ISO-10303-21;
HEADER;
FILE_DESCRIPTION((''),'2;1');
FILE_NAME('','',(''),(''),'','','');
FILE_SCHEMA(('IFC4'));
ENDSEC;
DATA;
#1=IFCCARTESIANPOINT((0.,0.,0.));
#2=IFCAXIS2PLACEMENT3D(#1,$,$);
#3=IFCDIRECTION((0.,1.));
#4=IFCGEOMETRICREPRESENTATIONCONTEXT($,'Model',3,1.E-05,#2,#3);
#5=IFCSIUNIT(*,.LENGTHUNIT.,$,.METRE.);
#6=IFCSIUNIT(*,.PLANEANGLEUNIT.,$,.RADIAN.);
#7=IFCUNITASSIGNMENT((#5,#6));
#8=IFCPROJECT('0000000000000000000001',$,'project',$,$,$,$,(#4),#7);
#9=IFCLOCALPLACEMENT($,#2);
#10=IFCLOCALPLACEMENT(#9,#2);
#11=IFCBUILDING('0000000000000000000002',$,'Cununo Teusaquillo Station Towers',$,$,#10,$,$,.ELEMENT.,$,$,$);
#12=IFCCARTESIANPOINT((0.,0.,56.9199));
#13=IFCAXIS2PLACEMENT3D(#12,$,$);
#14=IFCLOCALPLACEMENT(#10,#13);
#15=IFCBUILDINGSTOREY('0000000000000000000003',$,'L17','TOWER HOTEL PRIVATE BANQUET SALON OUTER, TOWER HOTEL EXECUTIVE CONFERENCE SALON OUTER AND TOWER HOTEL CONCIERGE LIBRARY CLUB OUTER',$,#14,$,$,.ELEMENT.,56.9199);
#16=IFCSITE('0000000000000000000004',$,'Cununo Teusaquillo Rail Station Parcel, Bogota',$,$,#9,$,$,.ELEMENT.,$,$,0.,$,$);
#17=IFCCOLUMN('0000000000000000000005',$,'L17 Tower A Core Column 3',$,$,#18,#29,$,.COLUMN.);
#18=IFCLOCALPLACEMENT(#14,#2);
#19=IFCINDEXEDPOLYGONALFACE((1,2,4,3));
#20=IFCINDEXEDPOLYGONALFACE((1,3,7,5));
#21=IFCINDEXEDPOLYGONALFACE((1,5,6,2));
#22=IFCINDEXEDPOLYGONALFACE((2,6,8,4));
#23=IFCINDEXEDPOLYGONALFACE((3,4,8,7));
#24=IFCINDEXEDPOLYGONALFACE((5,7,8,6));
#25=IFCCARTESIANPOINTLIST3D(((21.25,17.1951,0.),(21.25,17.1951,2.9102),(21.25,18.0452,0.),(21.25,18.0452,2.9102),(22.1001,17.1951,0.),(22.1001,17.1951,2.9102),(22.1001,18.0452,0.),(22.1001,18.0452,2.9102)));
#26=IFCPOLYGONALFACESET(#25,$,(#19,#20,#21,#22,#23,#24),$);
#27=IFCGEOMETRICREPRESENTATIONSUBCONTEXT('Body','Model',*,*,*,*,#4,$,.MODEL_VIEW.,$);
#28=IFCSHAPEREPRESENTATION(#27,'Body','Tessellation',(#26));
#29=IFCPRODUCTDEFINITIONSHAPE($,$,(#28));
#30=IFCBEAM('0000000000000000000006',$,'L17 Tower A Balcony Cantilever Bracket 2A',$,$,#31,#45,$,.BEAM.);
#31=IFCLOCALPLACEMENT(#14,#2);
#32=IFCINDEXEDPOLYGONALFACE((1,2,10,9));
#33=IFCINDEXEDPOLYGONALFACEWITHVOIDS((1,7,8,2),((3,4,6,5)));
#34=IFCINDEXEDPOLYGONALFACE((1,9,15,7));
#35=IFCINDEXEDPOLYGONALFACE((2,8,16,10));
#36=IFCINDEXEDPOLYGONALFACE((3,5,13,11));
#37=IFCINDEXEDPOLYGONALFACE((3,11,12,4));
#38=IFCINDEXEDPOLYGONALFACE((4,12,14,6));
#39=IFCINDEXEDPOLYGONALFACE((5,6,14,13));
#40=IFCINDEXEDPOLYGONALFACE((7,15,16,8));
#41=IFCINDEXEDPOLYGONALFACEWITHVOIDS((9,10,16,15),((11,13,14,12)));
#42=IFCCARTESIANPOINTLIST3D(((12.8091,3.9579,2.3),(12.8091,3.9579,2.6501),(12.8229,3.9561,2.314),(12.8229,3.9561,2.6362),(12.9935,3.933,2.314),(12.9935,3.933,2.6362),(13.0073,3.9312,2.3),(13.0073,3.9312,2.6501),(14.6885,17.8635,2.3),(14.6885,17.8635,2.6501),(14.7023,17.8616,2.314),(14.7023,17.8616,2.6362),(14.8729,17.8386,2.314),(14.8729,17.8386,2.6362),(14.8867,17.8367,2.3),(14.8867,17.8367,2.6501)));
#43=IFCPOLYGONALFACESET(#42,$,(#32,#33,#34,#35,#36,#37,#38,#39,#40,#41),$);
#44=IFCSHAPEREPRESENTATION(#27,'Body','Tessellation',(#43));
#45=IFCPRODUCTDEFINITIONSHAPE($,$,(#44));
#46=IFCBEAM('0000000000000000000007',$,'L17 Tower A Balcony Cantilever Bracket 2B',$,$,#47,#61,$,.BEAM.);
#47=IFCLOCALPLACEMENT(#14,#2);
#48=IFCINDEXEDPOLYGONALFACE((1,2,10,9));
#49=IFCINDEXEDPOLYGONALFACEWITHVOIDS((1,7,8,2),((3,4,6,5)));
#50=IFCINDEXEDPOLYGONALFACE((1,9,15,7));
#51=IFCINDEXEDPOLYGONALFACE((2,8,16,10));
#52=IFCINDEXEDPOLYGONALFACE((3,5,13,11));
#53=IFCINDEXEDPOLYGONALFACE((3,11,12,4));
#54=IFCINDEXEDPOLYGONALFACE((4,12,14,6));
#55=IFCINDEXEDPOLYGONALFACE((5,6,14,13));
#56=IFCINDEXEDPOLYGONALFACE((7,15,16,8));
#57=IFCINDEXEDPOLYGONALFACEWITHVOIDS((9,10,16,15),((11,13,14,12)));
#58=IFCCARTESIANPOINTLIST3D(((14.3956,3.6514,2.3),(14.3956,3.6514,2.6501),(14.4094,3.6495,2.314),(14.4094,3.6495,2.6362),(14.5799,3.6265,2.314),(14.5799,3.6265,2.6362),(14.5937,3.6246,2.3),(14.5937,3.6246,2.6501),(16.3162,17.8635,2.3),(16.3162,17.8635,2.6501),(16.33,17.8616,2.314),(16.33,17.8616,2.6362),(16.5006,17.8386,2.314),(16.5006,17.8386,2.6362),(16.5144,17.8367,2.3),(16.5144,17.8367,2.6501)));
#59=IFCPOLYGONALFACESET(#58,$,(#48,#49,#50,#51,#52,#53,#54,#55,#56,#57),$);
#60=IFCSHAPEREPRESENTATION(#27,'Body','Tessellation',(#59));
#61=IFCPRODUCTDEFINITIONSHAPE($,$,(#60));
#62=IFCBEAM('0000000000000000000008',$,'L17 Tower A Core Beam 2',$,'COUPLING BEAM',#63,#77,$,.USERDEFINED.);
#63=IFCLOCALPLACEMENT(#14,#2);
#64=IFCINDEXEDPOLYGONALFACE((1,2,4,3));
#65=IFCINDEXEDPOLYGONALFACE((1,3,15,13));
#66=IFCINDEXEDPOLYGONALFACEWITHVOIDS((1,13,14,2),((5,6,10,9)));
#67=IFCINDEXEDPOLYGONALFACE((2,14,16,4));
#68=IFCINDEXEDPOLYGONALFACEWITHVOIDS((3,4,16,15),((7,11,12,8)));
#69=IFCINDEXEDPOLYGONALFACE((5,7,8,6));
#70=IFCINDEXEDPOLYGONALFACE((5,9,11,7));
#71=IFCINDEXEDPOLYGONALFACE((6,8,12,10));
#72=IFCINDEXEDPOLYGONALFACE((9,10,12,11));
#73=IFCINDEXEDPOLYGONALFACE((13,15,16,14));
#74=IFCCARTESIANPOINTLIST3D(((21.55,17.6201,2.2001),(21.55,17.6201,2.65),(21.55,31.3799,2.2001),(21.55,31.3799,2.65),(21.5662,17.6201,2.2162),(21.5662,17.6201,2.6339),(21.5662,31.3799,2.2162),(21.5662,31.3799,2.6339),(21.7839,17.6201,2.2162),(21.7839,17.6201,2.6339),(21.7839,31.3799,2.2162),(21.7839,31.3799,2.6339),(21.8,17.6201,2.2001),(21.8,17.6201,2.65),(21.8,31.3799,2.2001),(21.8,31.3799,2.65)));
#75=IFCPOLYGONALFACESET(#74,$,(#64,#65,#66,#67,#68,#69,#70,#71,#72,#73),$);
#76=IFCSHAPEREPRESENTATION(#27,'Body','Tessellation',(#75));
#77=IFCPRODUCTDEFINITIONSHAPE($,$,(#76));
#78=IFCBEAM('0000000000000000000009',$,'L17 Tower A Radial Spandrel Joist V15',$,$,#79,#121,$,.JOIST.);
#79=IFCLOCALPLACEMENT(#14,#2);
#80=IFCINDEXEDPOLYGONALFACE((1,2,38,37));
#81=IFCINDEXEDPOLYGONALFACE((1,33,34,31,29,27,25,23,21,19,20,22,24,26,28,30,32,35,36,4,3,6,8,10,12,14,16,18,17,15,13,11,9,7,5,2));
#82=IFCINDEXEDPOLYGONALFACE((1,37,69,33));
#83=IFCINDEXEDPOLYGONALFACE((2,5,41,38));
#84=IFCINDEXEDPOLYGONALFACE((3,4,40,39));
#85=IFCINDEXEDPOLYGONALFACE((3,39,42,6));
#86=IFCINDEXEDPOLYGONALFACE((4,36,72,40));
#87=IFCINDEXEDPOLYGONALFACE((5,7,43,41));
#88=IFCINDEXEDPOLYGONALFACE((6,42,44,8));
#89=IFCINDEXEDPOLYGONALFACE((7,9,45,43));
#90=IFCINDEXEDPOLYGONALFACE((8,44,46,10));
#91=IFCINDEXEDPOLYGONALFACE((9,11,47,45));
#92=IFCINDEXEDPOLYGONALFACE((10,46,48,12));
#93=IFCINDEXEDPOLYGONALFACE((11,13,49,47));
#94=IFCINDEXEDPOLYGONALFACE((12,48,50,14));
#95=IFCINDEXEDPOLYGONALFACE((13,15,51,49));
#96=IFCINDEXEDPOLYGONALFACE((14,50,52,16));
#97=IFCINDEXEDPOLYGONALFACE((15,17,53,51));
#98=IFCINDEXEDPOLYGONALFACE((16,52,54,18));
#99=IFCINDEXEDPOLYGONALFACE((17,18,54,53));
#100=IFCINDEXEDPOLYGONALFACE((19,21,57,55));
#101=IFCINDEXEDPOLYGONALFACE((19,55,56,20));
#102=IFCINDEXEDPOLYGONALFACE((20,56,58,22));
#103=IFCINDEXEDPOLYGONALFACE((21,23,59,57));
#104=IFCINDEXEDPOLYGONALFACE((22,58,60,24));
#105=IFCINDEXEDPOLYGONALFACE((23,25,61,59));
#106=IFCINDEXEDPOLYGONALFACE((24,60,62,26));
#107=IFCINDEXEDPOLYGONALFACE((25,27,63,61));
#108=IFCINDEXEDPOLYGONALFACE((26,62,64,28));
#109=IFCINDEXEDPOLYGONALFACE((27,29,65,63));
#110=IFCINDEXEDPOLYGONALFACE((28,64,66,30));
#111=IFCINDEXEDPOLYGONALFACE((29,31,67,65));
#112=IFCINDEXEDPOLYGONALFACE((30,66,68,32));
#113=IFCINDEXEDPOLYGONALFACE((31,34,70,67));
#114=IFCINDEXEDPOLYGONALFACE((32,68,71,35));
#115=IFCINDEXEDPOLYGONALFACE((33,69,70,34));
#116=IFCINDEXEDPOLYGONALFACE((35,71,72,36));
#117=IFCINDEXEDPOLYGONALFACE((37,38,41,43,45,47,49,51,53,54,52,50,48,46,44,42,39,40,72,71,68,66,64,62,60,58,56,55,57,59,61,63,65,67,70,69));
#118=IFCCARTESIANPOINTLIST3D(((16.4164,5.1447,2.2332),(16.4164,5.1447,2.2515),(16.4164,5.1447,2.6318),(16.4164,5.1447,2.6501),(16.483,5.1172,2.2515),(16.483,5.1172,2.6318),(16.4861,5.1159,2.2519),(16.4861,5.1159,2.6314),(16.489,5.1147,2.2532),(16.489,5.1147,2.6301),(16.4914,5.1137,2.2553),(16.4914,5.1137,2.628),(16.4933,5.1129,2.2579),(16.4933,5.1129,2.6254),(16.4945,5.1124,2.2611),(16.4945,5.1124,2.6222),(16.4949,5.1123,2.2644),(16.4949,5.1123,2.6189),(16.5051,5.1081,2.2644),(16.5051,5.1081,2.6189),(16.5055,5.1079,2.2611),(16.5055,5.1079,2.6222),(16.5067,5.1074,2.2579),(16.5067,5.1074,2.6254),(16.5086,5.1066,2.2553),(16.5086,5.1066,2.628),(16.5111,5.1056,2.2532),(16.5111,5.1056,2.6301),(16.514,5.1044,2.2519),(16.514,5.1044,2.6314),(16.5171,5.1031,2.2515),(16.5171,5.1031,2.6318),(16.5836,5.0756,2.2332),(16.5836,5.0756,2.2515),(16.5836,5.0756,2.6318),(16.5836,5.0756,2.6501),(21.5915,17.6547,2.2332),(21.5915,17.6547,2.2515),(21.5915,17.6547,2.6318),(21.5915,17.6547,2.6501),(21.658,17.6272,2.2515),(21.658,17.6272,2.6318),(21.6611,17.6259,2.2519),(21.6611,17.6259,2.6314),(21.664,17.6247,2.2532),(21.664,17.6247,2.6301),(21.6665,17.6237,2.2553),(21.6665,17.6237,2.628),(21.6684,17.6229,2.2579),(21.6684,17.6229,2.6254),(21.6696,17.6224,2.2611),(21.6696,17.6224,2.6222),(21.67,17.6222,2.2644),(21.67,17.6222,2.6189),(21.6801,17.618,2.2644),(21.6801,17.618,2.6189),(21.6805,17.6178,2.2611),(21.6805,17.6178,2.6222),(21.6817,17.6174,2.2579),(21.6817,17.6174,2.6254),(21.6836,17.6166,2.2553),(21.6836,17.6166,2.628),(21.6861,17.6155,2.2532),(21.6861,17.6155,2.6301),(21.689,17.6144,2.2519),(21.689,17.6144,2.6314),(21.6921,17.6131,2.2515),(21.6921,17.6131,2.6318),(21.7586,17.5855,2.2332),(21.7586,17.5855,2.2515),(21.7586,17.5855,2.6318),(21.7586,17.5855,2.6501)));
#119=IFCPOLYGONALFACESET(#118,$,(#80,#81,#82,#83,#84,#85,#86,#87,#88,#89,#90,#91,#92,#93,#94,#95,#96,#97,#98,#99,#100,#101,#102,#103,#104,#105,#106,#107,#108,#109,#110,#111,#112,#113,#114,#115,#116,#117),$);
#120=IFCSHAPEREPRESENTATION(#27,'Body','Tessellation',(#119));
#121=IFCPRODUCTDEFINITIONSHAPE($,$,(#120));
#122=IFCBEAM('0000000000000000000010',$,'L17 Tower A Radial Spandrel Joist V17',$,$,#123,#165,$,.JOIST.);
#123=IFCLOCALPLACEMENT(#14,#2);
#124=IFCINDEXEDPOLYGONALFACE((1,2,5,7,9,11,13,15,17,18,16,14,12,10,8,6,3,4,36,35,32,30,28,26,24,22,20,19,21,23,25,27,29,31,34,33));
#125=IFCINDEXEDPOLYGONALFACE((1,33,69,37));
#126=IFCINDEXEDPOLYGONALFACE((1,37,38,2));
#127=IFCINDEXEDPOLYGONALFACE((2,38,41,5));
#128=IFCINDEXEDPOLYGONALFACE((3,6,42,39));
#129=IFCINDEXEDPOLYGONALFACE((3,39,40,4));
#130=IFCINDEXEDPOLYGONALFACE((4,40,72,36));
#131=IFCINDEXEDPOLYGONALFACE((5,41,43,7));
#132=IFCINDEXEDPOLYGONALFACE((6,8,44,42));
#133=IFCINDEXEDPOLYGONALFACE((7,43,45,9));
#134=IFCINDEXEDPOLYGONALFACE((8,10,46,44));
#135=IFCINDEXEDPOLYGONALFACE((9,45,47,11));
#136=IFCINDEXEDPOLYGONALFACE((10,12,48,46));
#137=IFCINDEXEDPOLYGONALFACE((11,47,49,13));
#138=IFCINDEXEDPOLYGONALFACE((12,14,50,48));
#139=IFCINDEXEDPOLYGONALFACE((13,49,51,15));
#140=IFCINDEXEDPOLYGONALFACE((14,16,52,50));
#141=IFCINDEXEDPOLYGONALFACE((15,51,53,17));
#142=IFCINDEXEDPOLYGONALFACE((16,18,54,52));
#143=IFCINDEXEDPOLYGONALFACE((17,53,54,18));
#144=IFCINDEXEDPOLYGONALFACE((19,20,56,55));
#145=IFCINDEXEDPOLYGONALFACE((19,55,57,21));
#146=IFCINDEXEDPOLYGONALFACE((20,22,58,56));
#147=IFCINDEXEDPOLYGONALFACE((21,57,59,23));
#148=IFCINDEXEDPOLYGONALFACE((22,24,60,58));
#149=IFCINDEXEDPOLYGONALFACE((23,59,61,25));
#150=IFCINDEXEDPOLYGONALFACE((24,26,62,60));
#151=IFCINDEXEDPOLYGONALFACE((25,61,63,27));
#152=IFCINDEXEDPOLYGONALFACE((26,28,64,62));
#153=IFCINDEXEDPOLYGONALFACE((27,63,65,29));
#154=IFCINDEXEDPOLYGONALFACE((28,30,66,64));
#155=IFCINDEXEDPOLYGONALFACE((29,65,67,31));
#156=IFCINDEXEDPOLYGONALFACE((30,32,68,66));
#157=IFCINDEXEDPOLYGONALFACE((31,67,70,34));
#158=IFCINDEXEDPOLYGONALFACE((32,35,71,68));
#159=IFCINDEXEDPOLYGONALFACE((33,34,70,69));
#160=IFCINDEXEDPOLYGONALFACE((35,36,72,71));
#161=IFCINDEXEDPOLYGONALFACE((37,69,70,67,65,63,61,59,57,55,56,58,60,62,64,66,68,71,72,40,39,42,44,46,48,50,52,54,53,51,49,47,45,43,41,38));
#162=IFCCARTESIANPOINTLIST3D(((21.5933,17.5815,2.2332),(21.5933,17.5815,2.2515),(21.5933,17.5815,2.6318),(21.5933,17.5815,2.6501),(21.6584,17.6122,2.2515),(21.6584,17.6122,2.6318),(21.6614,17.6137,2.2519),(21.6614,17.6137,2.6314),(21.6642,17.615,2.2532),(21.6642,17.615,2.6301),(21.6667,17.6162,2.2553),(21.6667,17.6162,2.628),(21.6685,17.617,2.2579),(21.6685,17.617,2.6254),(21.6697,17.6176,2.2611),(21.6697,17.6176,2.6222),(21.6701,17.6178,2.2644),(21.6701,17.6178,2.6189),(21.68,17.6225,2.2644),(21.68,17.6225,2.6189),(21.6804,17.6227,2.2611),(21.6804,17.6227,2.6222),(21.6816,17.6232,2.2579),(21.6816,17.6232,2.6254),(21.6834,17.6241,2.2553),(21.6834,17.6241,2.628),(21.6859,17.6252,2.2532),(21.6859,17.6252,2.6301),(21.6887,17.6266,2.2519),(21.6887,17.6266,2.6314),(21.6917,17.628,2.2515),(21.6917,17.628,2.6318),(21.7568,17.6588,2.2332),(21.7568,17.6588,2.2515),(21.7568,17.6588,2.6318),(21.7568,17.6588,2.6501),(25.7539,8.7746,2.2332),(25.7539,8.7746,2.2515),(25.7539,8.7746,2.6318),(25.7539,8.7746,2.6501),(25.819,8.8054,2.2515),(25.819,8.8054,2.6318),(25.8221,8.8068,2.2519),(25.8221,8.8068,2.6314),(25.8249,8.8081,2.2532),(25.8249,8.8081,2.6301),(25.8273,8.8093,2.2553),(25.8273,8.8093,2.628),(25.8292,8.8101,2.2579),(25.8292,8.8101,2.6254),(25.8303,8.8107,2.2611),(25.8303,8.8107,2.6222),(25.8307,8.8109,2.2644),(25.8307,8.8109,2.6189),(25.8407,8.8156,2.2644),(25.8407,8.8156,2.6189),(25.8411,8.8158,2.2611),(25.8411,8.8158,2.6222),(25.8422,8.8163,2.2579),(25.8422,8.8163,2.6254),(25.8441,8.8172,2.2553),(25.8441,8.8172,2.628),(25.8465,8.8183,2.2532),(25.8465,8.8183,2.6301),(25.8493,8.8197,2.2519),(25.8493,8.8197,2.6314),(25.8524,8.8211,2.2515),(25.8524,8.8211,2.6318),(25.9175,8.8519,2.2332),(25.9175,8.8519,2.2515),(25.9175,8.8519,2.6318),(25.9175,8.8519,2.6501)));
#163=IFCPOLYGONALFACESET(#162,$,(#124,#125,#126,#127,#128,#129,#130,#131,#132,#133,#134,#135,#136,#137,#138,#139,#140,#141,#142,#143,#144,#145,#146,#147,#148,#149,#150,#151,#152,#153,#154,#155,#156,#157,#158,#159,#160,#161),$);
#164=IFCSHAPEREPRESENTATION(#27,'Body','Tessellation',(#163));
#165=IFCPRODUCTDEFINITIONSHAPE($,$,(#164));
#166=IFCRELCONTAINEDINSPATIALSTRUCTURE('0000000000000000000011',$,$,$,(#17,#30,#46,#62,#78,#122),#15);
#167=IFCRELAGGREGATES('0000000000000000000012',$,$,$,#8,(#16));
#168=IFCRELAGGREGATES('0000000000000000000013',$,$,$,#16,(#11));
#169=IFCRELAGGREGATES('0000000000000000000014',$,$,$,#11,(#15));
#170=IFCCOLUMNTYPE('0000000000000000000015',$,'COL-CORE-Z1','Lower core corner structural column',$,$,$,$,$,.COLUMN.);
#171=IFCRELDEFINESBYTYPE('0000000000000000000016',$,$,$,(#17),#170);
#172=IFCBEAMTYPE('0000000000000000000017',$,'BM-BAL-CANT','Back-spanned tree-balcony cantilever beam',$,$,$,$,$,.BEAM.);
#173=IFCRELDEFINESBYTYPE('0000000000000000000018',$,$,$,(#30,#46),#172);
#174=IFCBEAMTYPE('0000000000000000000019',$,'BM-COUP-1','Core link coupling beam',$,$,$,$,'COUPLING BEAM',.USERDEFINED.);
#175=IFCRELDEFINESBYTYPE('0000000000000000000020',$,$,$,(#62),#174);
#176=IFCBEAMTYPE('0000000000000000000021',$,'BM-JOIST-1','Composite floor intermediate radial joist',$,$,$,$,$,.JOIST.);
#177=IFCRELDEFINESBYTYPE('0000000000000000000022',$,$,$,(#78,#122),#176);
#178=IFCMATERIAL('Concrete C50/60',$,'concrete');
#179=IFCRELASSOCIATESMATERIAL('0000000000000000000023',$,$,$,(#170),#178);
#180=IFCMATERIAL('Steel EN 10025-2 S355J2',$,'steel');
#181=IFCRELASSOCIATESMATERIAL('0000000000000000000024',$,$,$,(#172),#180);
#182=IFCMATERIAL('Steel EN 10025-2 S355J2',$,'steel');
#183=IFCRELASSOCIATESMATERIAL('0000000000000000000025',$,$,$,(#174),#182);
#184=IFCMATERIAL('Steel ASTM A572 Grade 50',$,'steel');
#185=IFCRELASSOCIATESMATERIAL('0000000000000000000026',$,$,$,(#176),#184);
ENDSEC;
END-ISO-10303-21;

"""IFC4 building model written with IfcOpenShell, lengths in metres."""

from ifc_helpers import new_model, si_unit, direction, frame, origin, origin_2d, place, context, subcontext, project, spatial, rectangle, hollow_rectangle, i_section, extrude, material, material_profile, profile_set, type_object, element, save


model = new_model("IFC4")

# Units and contexts
model_context = context("Model", 3, precision=1e-05, world=origin(), true_north=direction((0.0, 1.0)))
body_context = subcontext(model_context, "Body", "Model", "MODEL_VIEW")
ifc_project = project(units=[si_unit("LENGTHUNIT", "METRE"), si_unit("PLANEANGLEUNIT", "RADIAN")], contexts=[model_context])

# Site, building, storey
site_placement = place(None, origin())
site = spatial("IfcSite", under=ifc_project, at=site_placement, Name="Cununo Teusaquillo Rail Station Parcel, Bogota", CompositionType="ELEMENT", RefElevation=0.0)
building_placement = place(site_placement, origin())
building = spatial("IfcBuilding", under=site, at=building_placement, Name="Cununo Teusaquillo Station Towers", CompositionType="ELEMENT")
storey_placement = place(building_placement, frame((0.0, 0.0, 56.9199)))
storey = spatial("IfcBuildingStorey", under=building, at=storey_placement, Name="L17", Description="TOWER HOTEL PRIVATE BANQUET SALON OUTER, TOWER HOTEL EXECUTIVE CONFERENCE SALON OUTER AND TOWER HOTEL CONCIERGE LIBRARY CLUB OUTER", CompositionType="ELEMENT", Elevation=56.9199)

# Column
ifc_material_1 = material(Name="Concrete C50/60", Category="concrete")
ifc_material_profile_1 = material_profile(ifc_material_1, rectangle(XDim=0.8501, YDim=0.8501, at=origin_2d()), Name="RC-RECT-850x850")
ifc_profile_set_1 = profile_set([ifc_material_profile_1], Name="Concrete C50/60")
column_type = type_object("IfcColumnType", Name="COL-CORE-Z1", Description="Lower core corner structural column", PredefinedType="COLUMN", material=ifc_profile_set_1)
column_placement = place(storey_placement, frame((21.675, 17.6201, 0.0), z_axis=(0.0, 0.0, 1.0), x_axis=(1.0, 0.0, 0.0)))
element("IfcColumn", 1, at=column_placement, inside=storey, type_object=column_type, Name="L17 Tower A Core Column 3", PredefinedType="COLUMN", context=body_context, shape_type="SweptSolid", body=[
    extrude(rectangle(XDim=0.8501, YDim=0.8501, at=origin_2d()), origin(), (0.0, 0.0, 1.0), 2.9102),
])

# Beams
ifc_material_2 = material(Name="Steel EN 10025-2 S355J2", Category="steel")
ifc_material_profile_2 = material_profile(ifc_material_2, hollow_rectangle(XDim=0.2, YDim=0.3501, WallThickness=0.0139, at=origin_2d()), Name="RHS 350x200x14")
ifc_profile_set_2 = profile_set([ifc_material_profile_2], Name="Steel EN 10025-2 S355J2")
beam_type_1 = type_object("IfcBeamType", Name="BM-BAL-CANT", Description="Back-spanned tree-balcony cantilever beam", PredefinedType="BEAM", material=ifc_profile_set_2)
beam_1_placement = place(storey_placement, frame((14.7876, 17.8501, 2.4751), z_axis=(-0.133937, -0.99099, 0.0), x_axis=(0.99099, -0.133937, 0.0)))
element("IfcBeam", 2, at=beam_1_placement, inside=storey, type_object=beam_type_1, Name="L17 Tower A Balcony Cantilever Bracket 2A", PredefinedType="BEAM", context=body_context, shape_type="SweptSolid", body=[
    extrude(hollow_rectangle(XDim=0.2, YDim=0.3501, WallThickness=0.0139, at=origin_2d()), origin(), (0.0, 0.0, 1.0), 14.032),
])
beam_2_placement = place(storey_placement, frame((16.4153, 17.8501, 2.4751), z_axis=(-0.133924, -0.990992, 0.0), x_axis=(0.990992, -0.133924, 0.0)))
element("IfcBeam", 3, at=beam_2_placement, inside=storey, type_object=beam_type_1, Name="L17 Tower A Balcony Cantilever Bracket 2B", PredefinedType="BEAM", context=body_context, shape_type="SweptSolid", body=[
    extrude(hollow_rectangle(XDim=0.2, YDim=0.3501, WallThickness=0.0139, at=origin_2d()), origin(), (0.0, 0.0, 1.0), 14.3413),
])
ifc_material_3 = material(Name="Steel EN 10025-2 S355J2", Category="steel")
ifc_material_profile_3 = material_profile(ifc_material_3, hollow_rectangle(XDim=0.25, YDim=0.45, WallThickness=0.0161, at=origin_2d()), Name="RHS 450x250x16")
ifc_profile_set_3 = profile_set([ifc_material_profile_3], Name="Steel EN 10025-2 S355J2")
beam_type_2 = type_object("IfcBeamType", Name="BM-COUP-1", Description="Core link coupling beam", ElementType="COUPLING BEAM", PredefinedType="USERDEFINED", material=ifc_profile_set_3)
beam_3_placement = place(storey_placement, frame((21.675, 17.6201, 2.425), z_axis=(0.0, 1.0, 0.0), x_axis=(-1.0, 0.0, 0.0)))
element("IfcBeam", 4, at=beam_3_placement, inside=storey, type_object=beam_type_2, Name="L17 Tower A Core Beam 2", ObjectType="COUPLING BEAM", PredefinedType="USERDEFINED", context=body_context, shape_type="SweptSolid", body=[
    extrude(hollow_rectangle(XDim=0.25, YDim=0.45, WallThickness=0.0161, at=origin_2d()), origin(), (0.0, 0.0, 1.0), 13.7598),
])
ifc_material_4 = material(Name="Steel ASTM A572 Grade 50", Category="steel")
ifc_material_profile_4 = material_profile(ifc_material_4, i_section(OverallWidth=0.1809, OverallDepth=0.417, WebThickness=0.011, FlangeThickness=0.0183, FilletRadius=0.0129, at=origin_2d()), Name="W16X57")
ifc_profile_set_4 = profile_set([ifc_material_profile_4], Name="Steel ASTM A572 Grade 50")
beam_type_3 = type_object("IfcBeamType", Name="BM-JOIST-1", Description="Composite floor intermediate radial joist", PredefinedType="JOIST", material=ifc_profile_set_4)
beam_4_placement = place(storey_placement, frame((21.675, 17.6201, 2.4417), z_axis=(-0.382257, -0.924056, 0.0), x_axis=(0.924056, -0.382257, 0.0)))
element("IfcBeam", 5, at=beam_4_placement, inside=storey, type_object=beam_type_3, Name="L17 Tower A Radial Spandrel Joist V15", PredefinedType="JOIST", context=body_context, shape_type="SweptSolid", body=[
    extrude(i_section(OverallWidth=0.1809, OverallDepth=0.417, WebThickness=0.011, FlangeThickness=0.0183, FilletRadius=0.0129, at=origin_2d()), origin(), (0.0, 0.0, 1.0), 13.5381),
])
beam_5_placement = place(storey_placement, frame((21.675, 17.6201, 2.4417), z_axis=(0.427161, -0.904176, 0.0), x_axis=(0.904176, 0.427161, 0.0)))
element("IfcBeam", 6, at=beam_5_placement, inside=storey, type_object=beam_type_3, Name="L17 Tower A Radial Spandrel Joist V17", PredefinedType="JOIST", context=body_context, shape_type="SweptSolid", body=[
    extrude(i_section(OverallWidth=0.1809, OverallDepth=0.417, WebThickness=0.011, FlangeThickness=0.0183, FilletRadius=0.0129, at=origin_2d()), origin(), (0.0, 0.0, 1.0), 9.7402),
])

save(model, "model.ifc")
